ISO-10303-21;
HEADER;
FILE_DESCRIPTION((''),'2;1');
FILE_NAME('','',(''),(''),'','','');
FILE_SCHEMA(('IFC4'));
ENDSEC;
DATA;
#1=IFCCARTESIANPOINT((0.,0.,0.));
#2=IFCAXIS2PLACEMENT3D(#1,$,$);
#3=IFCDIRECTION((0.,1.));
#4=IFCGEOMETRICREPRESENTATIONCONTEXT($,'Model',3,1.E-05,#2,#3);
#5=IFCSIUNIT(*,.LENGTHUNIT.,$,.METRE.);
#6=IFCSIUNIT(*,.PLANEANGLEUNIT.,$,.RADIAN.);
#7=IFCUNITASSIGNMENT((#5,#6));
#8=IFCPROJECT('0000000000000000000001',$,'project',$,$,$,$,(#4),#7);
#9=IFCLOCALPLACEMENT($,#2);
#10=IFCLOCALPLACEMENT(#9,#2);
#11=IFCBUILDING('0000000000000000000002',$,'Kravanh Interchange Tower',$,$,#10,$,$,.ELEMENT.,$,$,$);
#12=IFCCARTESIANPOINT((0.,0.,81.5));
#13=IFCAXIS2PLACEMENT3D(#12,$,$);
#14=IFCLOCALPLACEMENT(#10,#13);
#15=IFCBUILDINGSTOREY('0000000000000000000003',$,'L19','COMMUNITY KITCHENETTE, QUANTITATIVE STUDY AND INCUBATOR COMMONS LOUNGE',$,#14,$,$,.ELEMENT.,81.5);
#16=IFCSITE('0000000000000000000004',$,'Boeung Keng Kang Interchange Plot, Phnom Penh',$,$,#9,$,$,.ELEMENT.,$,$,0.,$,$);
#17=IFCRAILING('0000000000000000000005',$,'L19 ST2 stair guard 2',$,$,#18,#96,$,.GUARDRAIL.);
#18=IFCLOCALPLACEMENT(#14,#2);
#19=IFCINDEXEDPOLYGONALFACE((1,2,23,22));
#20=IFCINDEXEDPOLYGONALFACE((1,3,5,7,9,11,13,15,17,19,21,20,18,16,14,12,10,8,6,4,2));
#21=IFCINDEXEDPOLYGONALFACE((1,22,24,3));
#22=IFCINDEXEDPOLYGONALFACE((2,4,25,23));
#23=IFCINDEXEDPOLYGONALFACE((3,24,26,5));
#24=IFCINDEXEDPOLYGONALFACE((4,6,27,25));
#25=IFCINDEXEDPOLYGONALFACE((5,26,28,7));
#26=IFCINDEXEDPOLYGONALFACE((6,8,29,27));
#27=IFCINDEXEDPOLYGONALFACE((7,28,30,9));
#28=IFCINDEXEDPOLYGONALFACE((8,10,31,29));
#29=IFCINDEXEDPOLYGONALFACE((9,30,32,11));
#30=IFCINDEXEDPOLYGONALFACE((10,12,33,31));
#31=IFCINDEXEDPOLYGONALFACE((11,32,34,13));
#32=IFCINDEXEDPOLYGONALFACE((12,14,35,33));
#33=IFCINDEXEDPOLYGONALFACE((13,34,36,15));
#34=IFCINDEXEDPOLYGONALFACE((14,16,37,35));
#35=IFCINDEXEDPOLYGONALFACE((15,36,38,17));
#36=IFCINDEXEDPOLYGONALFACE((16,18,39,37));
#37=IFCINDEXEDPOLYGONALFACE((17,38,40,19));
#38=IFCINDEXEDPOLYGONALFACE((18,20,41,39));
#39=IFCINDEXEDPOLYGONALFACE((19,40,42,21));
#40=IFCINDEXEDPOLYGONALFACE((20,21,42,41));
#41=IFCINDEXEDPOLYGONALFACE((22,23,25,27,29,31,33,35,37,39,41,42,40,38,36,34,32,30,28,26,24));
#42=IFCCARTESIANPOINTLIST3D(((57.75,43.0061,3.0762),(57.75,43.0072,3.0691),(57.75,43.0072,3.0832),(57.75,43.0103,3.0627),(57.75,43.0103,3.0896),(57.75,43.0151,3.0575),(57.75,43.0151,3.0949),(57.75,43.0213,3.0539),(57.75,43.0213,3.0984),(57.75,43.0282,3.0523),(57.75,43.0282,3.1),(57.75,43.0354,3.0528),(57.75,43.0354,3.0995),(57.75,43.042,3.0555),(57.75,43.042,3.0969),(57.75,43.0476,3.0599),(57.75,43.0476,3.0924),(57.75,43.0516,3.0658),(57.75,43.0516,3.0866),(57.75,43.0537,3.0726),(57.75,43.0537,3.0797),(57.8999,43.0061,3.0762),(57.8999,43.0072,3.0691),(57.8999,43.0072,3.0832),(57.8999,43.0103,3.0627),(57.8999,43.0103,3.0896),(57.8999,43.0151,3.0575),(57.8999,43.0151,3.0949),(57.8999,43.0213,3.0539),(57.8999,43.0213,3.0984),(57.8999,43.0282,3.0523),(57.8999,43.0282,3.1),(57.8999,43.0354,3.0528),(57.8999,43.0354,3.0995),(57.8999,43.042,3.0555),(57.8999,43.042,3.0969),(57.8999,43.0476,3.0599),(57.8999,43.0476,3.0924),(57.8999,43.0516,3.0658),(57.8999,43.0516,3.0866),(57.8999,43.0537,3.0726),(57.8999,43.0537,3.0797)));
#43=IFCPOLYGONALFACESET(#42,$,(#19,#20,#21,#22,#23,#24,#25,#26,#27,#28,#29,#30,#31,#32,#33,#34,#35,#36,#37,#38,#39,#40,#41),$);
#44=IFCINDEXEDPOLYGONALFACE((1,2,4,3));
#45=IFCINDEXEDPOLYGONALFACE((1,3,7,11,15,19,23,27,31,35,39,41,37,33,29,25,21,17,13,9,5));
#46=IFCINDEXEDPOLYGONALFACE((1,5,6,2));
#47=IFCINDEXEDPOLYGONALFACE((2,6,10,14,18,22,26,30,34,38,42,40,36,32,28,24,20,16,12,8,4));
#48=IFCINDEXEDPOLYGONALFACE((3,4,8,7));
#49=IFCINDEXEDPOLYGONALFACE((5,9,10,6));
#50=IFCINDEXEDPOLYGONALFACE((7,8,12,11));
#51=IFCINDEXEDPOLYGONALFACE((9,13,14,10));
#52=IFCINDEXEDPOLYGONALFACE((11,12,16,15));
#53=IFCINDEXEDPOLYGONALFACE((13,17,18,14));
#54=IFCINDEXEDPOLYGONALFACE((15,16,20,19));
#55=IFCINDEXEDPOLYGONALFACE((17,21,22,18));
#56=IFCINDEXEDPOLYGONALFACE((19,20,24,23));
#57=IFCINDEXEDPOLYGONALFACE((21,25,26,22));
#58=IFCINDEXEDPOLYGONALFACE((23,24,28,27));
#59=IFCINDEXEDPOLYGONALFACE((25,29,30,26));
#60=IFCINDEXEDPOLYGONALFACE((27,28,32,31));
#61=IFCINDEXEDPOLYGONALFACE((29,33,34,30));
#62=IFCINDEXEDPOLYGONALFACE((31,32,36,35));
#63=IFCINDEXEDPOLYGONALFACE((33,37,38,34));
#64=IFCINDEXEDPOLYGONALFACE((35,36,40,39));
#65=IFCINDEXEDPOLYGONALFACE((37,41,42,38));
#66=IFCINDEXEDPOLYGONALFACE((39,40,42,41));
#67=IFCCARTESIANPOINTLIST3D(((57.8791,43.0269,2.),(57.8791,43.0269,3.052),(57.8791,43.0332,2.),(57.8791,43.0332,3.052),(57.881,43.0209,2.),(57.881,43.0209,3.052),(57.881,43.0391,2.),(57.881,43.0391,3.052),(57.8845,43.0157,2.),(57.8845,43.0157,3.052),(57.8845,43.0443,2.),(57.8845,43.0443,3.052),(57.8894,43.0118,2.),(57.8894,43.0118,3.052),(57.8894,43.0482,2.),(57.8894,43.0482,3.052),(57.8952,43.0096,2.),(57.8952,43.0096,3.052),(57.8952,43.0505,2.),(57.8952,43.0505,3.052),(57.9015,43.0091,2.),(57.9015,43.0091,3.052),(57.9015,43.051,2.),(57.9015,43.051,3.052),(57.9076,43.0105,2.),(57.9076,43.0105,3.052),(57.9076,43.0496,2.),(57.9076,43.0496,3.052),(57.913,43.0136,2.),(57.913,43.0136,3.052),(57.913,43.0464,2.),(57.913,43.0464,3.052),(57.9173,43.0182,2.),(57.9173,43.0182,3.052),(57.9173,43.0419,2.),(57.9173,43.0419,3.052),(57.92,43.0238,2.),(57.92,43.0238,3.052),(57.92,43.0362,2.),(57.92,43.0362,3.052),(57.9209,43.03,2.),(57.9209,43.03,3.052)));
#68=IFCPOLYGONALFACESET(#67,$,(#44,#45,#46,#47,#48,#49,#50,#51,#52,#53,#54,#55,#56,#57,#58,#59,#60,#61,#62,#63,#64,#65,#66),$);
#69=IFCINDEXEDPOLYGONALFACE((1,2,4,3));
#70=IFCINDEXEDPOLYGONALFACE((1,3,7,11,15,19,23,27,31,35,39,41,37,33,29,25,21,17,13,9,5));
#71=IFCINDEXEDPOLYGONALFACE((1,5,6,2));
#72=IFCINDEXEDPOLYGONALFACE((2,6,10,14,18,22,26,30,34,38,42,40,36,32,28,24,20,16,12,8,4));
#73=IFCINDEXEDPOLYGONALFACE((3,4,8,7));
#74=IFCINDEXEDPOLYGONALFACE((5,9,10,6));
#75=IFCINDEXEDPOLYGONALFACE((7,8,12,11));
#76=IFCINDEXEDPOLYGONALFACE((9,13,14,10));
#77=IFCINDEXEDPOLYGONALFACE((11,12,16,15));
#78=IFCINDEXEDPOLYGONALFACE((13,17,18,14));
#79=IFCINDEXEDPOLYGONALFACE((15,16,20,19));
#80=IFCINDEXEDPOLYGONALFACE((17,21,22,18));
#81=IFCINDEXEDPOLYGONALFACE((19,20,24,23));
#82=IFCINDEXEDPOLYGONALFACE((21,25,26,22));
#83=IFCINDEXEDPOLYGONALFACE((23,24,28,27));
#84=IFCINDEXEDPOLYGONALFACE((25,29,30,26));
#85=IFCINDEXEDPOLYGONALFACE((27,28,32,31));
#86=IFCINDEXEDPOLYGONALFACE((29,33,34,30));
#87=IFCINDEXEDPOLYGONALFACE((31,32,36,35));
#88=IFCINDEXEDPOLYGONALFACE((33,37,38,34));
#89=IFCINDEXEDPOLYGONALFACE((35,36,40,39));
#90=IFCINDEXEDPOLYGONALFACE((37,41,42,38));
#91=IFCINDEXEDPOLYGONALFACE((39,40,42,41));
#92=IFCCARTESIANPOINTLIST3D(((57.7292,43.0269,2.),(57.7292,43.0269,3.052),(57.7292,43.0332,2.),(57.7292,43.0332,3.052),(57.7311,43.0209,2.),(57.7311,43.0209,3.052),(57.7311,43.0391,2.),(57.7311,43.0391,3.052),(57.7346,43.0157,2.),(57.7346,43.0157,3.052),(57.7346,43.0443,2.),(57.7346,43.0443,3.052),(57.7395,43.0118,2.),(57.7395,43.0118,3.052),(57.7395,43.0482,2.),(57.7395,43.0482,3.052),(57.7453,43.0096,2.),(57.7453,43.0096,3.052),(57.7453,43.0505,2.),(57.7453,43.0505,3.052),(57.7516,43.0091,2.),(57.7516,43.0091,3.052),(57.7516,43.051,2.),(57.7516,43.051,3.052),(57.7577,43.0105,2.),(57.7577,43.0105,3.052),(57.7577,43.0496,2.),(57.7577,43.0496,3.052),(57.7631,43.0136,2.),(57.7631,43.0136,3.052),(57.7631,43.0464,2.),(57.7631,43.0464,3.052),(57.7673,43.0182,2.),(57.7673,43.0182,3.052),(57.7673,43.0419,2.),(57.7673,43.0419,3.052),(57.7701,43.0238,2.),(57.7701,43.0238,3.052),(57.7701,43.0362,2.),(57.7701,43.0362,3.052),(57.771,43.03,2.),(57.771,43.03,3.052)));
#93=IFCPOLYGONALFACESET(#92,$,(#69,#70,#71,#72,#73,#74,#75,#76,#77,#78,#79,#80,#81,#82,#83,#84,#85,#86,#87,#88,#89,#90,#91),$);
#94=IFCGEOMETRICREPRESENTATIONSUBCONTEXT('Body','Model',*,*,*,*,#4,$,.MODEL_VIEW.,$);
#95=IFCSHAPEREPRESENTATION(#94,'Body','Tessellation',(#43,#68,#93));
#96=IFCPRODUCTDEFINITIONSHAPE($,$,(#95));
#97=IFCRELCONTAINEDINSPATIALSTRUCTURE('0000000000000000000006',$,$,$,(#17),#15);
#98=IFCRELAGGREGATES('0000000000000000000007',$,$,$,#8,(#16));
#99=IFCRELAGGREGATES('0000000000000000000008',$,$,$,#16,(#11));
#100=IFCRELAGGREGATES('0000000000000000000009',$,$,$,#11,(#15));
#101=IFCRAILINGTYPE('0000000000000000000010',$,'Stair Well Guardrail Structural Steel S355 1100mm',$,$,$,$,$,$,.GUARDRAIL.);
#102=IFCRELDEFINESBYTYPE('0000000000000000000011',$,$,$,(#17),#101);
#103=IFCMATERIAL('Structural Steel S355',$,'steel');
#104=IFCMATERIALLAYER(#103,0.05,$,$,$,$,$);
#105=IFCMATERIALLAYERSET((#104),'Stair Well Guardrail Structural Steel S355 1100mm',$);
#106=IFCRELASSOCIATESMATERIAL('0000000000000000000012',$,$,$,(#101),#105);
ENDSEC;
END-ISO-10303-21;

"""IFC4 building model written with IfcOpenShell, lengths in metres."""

from ifc_helpers import new_model, si_unit, direction, frame, origin, origin_2d, place, context, subcontext, project, spatial, circle, extrude, material, layer, layer_set, type_object, element, save


model = new_model("IFC4")

# Units and contexts
model_context = context("Model", 3, precision=1e-05, world=origin(), true_north=direction((0.0, 1.0)))
body_context = subcontext(model_context, "Body", "Model", "MODEL_VIEW")
ifc_project = project(units=[si_unit("LENGTHUNIT", "METRE"), si_unit("PLANEANGLEUNIT", "RADIAN")], contexts=[model_context])

# Site, building, storey
site_placement = place(None, origin())
site = spatial("IfcSite", under=ifc_project, at=site_placement, Name="Boeung Keng Kang Interchange Plot, Phnom Penh", CompositionType="ELEMENT", RefElevation=0.0)
building_placement = place(site_placement, origin())
building = spatial("IfcBuilding", under=site, at=building_placement, Name="Kravanh Interchange Tower", CompositionType="ELEMENT")
storey_placement = place(building_placement, frame((0.0, 0.0, 81.5)))
storey = spatial("IfcBuildingStorey", under=building, at=storey_placement, Name="L19", Description="COMMUNITY KITCHENETTE, QUANTITATIVE STUDY AND INCUBATOR COMMONS LOUNGE", CompositionType="ELEMENT", Elevation=81.5)

# Railing
ifc_material_1 = material(Name="Structural Steel S355", Category="steel")
ifc_layer_1 = layer(ifc_material_1, 0.05)
ifc_layer_set_1 = layer_set([ifc_layer_1], Name="Stair Well Guardrail Structural Steel S355 1100mm")
railing_type_1 = type_object("IfcRailingType", Name="Stair Well Guardrail Structural Steel S355 1100mm", PredefinedType="GUARDRAIL", material=ifc_layer_set_1)
railing_1_placement = place(storey_placement, frame((57.8999, 43.03, 2.0)))
element("IfcRailing", 1, at=railing_1_placement, inside=storey, type_object=railing_type_1, Name="L19 ST2 stair guard 2", PredefinedType="GUARDRAIL", context=body_context, shape_type="SweptSolid", body=[
    extrude(circle(Radius=0.0239, at=origin_2d()), frame((0.0, 0.0, 1.0762), z_axis=(-1.0, 0.0, 0.0), x_axis=(0.0, -1.0, 0.0)), (0.0, 0.0, 1.0), 0.1499),
    extrude(circle(Radius=0.021, at=origin_2d()), origin(), (0.0, 0.0, 1.0), 1.052),
    extrude(circle(Radius=0.021, at=origin_2d()), frame((-0.1499, 0.0, 0.0)), (0.0, 0.0, 1.0), 1.052),
])

save(model, "model.ifc")
